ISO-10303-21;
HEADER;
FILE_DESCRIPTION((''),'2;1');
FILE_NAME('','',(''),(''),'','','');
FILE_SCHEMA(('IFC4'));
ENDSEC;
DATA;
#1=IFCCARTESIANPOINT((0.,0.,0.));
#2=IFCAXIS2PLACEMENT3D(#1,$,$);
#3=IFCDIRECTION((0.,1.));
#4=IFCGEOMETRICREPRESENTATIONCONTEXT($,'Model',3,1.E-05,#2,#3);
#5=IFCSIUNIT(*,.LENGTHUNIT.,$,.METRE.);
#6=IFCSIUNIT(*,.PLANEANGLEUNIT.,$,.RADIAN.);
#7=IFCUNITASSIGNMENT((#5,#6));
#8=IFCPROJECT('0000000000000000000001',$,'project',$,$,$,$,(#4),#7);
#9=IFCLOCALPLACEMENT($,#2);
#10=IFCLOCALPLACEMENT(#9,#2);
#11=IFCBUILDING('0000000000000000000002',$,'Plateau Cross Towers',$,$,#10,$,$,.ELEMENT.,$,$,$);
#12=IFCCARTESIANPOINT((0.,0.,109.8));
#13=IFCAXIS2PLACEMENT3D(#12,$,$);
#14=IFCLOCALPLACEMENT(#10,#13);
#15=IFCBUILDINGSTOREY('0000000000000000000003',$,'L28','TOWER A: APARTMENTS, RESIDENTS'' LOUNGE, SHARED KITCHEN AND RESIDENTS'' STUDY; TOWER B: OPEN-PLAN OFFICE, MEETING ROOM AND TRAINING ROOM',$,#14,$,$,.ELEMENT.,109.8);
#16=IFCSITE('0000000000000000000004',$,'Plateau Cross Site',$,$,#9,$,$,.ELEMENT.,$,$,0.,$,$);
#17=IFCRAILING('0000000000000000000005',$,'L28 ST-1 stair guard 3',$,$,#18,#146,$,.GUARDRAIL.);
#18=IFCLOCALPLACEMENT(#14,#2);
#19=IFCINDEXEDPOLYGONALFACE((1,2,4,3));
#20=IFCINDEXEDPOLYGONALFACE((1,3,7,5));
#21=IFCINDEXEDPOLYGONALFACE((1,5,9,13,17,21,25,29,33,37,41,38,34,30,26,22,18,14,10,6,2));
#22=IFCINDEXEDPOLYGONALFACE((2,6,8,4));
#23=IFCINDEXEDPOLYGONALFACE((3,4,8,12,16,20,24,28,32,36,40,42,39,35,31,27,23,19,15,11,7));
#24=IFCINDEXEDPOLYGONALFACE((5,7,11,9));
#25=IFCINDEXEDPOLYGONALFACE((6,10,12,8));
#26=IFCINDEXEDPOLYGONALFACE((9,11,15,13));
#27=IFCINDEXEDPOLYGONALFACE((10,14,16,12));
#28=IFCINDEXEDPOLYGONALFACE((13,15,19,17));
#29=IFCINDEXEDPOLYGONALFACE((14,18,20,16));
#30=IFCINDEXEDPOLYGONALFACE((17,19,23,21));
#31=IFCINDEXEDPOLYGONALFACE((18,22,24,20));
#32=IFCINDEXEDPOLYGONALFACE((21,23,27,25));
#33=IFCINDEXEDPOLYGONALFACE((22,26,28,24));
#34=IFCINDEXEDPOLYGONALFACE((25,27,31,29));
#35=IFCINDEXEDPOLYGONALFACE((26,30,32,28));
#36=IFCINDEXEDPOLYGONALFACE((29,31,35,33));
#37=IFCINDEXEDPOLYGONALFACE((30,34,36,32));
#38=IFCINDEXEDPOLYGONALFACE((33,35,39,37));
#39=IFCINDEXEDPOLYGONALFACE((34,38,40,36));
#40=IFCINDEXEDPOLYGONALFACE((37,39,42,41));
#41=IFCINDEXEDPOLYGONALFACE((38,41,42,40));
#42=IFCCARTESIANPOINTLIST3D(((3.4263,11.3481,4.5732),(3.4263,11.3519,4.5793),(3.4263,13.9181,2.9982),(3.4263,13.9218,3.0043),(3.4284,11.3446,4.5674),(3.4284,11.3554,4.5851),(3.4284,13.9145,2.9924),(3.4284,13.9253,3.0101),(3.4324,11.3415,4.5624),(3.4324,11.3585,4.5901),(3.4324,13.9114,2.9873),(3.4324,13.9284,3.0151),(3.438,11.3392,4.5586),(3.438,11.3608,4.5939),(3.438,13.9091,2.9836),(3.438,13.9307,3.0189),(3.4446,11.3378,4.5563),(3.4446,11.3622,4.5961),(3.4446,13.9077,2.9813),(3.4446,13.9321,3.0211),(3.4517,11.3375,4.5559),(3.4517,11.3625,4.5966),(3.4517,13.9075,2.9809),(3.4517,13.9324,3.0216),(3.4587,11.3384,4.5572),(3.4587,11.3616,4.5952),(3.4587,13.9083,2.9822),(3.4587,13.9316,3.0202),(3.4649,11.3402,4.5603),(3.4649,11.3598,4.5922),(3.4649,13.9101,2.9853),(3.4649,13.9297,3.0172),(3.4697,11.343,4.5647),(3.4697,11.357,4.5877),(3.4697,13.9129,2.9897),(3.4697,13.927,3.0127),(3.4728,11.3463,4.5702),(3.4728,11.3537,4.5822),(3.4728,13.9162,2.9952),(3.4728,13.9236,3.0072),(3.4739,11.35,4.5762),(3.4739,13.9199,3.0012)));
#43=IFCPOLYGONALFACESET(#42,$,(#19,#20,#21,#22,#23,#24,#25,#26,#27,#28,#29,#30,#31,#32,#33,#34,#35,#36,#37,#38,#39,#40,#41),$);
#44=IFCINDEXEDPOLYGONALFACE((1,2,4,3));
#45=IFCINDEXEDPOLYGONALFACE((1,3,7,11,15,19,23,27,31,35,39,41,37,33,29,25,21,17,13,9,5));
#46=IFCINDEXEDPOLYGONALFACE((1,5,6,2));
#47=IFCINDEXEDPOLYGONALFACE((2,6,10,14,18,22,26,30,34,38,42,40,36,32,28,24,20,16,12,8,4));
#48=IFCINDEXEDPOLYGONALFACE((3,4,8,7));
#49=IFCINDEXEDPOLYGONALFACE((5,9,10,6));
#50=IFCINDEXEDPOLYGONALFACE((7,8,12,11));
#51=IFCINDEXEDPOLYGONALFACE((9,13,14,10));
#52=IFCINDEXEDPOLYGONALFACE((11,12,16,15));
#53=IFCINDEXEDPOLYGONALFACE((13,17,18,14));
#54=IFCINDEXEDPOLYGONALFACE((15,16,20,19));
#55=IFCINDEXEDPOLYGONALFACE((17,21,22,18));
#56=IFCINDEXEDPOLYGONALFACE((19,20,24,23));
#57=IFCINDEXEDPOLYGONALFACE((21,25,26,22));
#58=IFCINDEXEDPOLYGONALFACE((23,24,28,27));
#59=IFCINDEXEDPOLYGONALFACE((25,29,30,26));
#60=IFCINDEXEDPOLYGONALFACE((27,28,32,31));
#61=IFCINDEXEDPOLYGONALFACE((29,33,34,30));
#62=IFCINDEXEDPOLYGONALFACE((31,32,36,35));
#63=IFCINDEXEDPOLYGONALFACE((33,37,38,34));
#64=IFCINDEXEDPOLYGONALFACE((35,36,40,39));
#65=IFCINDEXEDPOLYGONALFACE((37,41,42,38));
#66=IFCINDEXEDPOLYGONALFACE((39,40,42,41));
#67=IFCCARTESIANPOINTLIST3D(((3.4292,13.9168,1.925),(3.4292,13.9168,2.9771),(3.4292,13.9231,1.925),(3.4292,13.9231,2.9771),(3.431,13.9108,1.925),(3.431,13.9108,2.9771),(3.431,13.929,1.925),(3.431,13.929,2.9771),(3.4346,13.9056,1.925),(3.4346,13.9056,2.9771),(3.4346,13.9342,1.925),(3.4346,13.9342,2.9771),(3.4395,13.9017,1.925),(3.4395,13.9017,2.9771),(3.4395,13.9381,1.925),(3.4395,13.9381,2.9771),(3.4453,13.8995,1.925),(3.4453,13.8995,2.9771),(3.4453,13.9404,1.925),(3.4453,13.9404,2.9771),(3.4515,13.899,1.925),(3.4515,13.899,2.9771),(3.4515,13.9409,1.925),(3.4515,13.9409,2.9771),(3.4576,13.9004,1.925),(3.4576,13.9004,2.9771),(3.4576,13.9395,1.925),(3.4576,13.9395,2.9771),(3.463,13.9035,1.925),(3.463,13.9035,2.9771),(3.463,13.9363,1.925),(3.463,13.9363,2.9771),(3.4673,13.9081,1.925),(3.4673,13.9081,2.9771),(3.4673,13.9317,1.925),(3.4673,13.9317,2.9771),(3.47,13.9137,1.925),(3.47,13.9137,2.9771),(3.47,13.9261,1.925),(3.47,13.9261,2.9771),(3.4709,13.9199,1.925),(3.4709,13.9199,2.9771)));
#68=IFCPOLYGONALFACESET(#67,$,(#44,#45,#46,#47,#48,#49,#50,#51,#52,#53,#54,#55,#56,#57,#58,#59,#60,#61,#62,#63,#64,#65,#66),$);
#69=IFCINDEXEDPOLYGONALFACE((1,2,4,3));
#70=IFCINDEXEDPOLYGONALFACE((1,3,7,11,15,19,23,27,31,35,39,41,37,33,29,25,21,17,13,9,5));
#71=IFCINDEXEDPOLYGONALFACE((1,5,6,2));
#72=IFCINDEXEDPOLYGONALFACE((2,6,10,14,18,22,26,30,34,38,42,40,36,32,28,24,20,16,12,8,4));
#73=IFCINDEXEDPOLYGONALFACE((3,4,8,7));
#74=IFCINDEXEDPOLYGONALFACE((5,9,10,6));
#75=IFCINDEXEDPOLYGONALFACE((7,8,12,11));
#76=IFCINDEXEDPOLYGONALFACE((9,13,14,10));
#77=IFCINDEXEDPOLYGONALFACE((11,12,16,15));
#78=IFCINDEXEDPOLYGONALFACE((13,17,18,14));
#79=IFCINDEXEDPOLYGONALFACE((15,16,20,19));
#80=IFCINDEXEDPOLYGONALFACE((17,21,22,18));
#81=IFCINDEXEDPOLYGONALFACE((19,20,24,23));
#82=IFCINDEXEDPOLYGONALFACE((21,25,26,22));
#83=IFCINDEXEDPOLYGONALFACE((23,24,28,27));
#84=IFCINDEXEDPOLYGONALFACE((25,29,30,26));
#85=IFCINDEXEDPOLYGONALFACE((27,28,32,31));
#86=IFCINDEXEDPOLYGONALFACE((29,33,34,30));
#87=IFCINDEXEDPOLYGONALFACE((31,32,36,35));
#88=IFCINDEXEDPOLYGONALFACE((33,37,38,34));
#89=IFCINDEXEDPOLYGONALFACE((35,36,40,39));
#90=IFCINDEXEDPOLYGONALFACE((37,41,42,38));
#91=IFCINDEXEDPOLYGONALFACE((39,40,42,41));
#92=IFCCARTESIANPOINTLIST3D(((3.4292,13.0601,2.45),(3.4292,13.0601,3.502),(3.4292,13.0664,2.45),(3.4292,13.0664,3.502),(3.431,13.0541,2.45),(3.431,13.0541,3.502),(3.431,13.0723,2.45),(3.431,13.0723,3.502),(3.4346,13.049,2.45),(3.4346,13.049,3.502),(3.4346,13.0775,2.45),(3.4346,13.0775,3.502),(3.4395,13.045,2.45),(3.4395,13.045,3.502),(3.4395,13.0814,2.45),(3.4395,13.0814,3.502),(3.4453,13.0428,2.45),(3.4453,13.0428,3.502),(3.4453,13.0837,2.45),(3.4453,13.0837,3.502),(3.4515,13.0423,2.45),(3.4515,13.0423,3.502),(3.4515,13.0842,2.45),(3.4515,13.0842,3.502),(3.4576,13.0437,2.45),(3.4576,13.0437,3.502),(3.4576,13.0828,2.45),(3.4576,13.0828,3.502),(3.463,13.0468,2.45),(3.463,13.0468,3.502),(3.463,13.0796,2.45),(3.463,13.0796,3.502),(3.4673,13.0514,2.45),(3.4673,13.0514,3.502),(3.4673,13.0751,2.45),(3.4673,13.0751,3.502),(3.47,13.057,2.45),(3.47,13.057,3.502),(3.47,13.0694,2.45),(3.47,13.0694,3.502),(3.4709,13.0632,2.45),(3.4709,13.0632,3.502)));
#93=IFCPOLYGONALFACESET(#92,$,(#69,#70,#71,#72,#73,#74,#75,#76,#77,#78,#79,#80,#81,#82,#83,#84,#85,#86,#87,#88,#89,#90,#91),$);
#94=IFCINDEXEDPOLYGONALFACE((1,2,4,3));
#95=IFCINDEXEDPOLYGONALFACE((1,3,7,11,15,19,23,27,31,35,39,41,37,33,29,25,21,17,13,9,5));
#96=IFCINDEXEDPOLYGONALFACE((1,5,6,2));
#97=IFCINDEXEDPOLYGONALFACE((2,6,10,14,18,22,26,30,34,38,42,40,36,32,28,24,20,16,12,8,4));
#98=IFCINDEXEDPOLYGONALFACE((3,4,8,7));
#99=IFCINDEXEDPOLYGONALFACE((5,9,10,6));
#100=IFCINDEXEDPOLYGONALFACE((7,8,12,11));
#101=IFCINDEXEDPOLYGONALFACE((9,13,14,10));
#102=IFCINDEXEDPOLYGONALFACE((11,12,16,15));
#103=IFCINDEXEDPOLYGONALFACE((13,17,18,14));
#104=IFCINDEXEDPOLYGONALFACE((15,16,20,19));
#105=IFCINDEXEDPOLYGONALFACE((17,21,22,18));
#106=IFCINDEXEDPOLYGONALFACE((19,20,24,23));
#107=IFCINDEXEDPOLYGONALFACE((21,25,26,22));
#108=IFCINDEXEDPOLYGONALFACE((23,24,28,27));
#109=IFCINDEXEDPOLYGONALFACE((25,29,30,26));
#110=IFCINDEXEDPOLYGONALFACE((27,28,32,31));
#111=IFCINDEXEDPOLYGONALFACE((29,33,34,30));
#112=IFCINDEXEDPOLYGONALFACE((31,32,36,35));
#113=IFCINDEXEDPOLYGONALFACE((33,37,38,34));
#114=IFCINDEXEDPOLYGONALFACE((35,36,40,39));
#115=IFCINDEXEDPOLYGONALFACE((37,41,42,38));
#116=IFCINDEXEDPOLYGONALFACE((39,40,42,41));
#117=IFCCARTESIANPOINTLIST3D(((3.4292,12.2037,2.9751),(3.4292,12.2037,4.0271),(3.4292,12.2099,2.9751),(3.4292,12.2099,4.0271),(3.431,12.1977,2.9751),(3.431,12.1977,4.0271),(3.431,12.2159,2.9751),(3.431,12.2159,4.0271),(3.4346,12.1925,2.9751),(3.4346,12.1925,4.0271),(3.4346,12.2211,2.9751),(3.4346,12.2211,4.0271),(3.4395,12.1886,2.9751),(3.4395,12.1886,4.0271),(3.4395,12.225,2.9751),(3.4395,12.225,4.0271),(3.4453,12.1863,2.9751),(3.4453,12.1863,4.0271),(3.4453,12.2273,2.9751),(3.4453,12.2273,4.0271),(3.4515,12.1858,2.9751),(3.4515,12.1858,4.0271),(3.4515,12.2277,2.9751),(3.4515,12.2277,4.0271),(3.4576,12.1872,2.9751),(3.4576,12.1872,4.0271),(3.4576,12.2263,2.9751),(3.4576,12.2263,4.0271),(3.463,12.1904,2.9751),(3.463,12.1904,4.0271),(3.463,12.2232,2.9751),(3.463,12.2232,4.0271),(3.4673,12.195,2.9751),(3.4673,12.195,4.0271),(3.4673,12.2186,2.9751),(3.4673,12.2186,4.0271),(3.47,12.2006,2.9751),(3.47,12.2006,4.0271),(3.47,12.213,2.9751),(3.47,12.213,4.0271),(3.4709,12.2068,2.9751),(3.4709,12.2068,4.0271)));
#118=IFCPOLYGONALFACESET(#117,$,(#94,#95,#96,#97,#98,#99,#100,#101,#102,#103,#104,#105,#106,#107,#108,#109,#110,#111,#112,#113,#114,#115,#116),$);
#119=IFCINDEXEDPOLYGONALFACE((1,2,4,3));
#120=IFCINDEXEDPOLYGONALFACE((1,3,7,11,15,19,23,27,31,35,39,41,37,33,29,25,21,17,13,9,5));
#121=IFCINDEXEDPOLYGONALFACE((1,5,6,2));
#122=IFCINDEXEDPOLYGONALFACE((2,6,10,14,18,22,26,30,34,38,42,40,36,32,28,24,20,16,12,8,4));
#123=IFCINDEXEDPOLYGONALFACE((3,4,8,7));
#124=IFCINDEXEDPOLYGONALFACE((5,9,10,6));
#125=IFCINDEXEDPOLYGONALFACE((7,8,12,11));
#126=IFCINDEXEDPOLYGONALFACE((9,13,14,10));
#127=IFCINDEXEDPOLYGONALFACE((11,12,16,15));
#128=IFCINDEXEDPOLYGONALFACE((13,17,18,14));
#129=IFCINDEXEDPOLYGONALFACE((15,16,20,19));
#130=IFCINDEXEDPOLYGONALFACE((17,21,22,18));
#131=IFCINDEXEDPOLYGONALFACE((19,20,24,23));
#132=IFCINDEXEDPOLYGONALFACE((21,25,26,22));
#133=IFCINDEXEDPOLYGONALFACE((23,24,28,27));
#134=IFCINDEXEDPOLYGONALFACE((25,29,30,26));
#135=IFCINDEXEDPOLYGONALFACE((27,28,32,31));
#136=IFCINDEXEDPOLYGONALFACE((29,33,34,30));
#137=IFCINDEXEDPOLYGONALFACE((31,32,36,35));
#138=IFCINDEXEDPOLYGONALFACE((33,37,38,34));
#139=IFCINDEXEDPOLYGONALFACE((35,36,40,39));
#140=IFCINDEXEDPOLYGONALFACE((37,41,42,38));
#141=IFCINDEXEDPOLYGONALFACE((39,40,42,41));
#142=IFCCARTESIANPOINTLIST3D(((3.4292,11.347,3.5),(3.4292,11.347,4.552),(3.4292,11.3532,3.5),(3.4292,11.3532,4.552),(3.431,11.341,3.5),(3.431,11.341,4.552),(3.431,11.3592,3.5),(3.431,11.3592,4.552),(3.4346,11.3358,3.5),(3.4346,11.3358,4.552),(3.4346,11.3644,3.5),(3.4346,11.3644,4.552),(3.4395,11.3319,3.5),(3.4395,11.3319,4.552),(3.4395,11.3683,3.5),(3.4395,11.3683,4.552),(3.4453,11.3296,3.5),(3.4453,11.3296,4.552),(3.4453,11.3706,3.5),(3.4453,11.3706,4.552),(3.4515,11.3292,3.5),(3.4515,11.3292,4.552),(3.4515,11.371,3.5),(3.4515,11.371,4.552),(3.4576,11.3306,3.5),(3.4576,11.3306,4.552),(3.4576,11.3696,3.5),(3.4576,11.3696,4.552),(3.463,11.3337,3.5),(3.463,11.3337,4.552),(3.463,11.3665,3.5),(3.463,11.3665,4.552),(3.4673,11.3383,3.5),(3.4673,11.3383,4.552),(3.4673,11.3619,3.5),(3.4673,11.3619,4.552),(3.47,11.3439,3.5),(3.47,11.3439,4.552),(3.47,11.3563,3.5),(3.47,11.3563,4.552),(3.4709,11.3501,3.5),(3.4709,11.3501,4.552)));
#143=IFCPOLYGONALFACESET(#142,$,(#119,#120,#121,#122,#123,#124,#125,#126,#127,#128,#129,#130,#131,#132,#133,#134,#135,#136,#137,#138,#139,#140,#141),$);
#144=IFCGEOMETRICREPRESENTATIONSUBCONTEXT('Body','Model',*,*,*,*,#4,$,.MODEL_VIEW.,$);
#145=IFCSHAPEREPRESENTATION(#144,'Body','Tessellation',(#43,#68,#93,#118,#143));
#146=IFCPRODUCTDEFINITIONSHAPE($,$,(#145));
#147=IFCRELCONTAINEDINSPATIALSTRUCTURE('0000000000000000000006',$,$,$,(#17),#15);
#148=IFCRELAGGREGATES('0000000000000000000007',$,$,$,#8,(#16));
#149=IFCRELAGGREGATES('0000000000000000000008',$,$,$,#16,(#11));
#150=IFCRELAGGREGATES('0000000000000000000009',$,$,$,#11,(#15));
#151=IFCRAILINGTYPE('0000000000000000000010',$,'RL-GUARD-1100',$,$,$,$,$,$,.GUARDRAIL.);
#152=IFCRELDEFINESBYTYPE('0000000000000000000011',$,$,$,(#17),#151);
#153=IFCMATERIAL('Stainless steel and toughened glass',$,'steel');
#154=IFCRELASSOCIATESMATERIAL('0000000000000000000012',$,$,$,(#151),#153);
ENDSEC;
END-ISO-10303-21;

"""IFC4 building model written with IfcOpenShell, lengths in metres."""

from ifc_helpers import new_model, si_unit, direction, frame, origin, origin_2d, place, context, subcontext, project, spatial, circle, extrude, material, type_object, element, save


model = new_model("IFC4")

# Units and contexts
model_context = context("Model", 3, precision=1e-05, world=origin(), true_north=direction((0.0, 1.0)))
body_context = subcontext(model_context, "Body", "Model", "MODEL_VIEW")
ifc_project = project(units=[si_unit("LENGTHUNIT", "METRE"), si_unit("PLANEANGLEUNIT", "RADIAN")], contexts=[model_context])

# Site, building, storey
site_placement = place(None, origin())
site = spatial("IfcSite", under=ifc_project, at=site_placement, Name="Plateau Cross Site", CompositionType="ELEMENT", RefElevation=0.0)
building_placement = place(site_placement, origin())
building = spatial("IfcBuilding", under=site, at=building_placement, Name="Plateau Cross Towers", CompositionType="ELEMENT")
storey_placement = place(building_placement, frame((0.0, 0.0, 109.8)))
storey = spatial("IfcBuildingStorey", under=building, at=storey_placement, Name="L28", Description="TOWER A: APARTMENTS, RESIDENTS' LOUNGE, SHARED KITCHEN AND RESIDENTS' STUDY; TOWER B: OPEN-PLAN OFFICE, MEETING ROOM AND TRAINING ROOM", CompositionType="ELEMENT", Elevation=109.8)

# Railing
ifc_material_1 = material(Name="Stainless steel and toughened glass", Category="steel")
railing_type_1 = type_object("IfcRailingType", Name="RL-GUARD-1100", PredefinedType="GUARDRAIL", material=ifc_material_1)
railing_1_placement = place(storey_placement, frame((3.45, 13.9199, 1.925)))
element("IfcRailing", 1, at=railing_1_placement, inside=storey, type_object=railing_type_1, Name="L28 ST-1 stair guard 3", PredefinedType="GUARDRAIL", context=body_context, shape_type="SweptSolid", body=[
    extrude(circle(Radius=0.0239, at=origin_2d()), frame((0.0, 0.0, 1.0762), z_axis=(0.0, -0.852616, 0.522537), x_axis=(1.0, 0.0, 0.0)), (0.0, 0.0, 1.0), 3.0142),
    extrude(circle(Radius=0.021, at=origin_2d()), origin(), (0.0, 0.0, 1.0), 1.052),
    extrude(circle(Radius=0.021, at=origin_2d()), frame((0.0, -0.8567, 0.5249)), (0.0, 0.0, 1.0), 1.052),
    extrude(circle(Radius=0.021, at=origin_2d()), frame((0.0, -1.7131, 1.05)), (0.0, 0.0, 1.0), 1.052),
    extrude(circle(Radius=0.021, at=origin_2d()), frame((0.0, -2.5698, 1.575)), (0.0, 0.0, 1.0), 1.052),
])

save(model, "model.ifc")
